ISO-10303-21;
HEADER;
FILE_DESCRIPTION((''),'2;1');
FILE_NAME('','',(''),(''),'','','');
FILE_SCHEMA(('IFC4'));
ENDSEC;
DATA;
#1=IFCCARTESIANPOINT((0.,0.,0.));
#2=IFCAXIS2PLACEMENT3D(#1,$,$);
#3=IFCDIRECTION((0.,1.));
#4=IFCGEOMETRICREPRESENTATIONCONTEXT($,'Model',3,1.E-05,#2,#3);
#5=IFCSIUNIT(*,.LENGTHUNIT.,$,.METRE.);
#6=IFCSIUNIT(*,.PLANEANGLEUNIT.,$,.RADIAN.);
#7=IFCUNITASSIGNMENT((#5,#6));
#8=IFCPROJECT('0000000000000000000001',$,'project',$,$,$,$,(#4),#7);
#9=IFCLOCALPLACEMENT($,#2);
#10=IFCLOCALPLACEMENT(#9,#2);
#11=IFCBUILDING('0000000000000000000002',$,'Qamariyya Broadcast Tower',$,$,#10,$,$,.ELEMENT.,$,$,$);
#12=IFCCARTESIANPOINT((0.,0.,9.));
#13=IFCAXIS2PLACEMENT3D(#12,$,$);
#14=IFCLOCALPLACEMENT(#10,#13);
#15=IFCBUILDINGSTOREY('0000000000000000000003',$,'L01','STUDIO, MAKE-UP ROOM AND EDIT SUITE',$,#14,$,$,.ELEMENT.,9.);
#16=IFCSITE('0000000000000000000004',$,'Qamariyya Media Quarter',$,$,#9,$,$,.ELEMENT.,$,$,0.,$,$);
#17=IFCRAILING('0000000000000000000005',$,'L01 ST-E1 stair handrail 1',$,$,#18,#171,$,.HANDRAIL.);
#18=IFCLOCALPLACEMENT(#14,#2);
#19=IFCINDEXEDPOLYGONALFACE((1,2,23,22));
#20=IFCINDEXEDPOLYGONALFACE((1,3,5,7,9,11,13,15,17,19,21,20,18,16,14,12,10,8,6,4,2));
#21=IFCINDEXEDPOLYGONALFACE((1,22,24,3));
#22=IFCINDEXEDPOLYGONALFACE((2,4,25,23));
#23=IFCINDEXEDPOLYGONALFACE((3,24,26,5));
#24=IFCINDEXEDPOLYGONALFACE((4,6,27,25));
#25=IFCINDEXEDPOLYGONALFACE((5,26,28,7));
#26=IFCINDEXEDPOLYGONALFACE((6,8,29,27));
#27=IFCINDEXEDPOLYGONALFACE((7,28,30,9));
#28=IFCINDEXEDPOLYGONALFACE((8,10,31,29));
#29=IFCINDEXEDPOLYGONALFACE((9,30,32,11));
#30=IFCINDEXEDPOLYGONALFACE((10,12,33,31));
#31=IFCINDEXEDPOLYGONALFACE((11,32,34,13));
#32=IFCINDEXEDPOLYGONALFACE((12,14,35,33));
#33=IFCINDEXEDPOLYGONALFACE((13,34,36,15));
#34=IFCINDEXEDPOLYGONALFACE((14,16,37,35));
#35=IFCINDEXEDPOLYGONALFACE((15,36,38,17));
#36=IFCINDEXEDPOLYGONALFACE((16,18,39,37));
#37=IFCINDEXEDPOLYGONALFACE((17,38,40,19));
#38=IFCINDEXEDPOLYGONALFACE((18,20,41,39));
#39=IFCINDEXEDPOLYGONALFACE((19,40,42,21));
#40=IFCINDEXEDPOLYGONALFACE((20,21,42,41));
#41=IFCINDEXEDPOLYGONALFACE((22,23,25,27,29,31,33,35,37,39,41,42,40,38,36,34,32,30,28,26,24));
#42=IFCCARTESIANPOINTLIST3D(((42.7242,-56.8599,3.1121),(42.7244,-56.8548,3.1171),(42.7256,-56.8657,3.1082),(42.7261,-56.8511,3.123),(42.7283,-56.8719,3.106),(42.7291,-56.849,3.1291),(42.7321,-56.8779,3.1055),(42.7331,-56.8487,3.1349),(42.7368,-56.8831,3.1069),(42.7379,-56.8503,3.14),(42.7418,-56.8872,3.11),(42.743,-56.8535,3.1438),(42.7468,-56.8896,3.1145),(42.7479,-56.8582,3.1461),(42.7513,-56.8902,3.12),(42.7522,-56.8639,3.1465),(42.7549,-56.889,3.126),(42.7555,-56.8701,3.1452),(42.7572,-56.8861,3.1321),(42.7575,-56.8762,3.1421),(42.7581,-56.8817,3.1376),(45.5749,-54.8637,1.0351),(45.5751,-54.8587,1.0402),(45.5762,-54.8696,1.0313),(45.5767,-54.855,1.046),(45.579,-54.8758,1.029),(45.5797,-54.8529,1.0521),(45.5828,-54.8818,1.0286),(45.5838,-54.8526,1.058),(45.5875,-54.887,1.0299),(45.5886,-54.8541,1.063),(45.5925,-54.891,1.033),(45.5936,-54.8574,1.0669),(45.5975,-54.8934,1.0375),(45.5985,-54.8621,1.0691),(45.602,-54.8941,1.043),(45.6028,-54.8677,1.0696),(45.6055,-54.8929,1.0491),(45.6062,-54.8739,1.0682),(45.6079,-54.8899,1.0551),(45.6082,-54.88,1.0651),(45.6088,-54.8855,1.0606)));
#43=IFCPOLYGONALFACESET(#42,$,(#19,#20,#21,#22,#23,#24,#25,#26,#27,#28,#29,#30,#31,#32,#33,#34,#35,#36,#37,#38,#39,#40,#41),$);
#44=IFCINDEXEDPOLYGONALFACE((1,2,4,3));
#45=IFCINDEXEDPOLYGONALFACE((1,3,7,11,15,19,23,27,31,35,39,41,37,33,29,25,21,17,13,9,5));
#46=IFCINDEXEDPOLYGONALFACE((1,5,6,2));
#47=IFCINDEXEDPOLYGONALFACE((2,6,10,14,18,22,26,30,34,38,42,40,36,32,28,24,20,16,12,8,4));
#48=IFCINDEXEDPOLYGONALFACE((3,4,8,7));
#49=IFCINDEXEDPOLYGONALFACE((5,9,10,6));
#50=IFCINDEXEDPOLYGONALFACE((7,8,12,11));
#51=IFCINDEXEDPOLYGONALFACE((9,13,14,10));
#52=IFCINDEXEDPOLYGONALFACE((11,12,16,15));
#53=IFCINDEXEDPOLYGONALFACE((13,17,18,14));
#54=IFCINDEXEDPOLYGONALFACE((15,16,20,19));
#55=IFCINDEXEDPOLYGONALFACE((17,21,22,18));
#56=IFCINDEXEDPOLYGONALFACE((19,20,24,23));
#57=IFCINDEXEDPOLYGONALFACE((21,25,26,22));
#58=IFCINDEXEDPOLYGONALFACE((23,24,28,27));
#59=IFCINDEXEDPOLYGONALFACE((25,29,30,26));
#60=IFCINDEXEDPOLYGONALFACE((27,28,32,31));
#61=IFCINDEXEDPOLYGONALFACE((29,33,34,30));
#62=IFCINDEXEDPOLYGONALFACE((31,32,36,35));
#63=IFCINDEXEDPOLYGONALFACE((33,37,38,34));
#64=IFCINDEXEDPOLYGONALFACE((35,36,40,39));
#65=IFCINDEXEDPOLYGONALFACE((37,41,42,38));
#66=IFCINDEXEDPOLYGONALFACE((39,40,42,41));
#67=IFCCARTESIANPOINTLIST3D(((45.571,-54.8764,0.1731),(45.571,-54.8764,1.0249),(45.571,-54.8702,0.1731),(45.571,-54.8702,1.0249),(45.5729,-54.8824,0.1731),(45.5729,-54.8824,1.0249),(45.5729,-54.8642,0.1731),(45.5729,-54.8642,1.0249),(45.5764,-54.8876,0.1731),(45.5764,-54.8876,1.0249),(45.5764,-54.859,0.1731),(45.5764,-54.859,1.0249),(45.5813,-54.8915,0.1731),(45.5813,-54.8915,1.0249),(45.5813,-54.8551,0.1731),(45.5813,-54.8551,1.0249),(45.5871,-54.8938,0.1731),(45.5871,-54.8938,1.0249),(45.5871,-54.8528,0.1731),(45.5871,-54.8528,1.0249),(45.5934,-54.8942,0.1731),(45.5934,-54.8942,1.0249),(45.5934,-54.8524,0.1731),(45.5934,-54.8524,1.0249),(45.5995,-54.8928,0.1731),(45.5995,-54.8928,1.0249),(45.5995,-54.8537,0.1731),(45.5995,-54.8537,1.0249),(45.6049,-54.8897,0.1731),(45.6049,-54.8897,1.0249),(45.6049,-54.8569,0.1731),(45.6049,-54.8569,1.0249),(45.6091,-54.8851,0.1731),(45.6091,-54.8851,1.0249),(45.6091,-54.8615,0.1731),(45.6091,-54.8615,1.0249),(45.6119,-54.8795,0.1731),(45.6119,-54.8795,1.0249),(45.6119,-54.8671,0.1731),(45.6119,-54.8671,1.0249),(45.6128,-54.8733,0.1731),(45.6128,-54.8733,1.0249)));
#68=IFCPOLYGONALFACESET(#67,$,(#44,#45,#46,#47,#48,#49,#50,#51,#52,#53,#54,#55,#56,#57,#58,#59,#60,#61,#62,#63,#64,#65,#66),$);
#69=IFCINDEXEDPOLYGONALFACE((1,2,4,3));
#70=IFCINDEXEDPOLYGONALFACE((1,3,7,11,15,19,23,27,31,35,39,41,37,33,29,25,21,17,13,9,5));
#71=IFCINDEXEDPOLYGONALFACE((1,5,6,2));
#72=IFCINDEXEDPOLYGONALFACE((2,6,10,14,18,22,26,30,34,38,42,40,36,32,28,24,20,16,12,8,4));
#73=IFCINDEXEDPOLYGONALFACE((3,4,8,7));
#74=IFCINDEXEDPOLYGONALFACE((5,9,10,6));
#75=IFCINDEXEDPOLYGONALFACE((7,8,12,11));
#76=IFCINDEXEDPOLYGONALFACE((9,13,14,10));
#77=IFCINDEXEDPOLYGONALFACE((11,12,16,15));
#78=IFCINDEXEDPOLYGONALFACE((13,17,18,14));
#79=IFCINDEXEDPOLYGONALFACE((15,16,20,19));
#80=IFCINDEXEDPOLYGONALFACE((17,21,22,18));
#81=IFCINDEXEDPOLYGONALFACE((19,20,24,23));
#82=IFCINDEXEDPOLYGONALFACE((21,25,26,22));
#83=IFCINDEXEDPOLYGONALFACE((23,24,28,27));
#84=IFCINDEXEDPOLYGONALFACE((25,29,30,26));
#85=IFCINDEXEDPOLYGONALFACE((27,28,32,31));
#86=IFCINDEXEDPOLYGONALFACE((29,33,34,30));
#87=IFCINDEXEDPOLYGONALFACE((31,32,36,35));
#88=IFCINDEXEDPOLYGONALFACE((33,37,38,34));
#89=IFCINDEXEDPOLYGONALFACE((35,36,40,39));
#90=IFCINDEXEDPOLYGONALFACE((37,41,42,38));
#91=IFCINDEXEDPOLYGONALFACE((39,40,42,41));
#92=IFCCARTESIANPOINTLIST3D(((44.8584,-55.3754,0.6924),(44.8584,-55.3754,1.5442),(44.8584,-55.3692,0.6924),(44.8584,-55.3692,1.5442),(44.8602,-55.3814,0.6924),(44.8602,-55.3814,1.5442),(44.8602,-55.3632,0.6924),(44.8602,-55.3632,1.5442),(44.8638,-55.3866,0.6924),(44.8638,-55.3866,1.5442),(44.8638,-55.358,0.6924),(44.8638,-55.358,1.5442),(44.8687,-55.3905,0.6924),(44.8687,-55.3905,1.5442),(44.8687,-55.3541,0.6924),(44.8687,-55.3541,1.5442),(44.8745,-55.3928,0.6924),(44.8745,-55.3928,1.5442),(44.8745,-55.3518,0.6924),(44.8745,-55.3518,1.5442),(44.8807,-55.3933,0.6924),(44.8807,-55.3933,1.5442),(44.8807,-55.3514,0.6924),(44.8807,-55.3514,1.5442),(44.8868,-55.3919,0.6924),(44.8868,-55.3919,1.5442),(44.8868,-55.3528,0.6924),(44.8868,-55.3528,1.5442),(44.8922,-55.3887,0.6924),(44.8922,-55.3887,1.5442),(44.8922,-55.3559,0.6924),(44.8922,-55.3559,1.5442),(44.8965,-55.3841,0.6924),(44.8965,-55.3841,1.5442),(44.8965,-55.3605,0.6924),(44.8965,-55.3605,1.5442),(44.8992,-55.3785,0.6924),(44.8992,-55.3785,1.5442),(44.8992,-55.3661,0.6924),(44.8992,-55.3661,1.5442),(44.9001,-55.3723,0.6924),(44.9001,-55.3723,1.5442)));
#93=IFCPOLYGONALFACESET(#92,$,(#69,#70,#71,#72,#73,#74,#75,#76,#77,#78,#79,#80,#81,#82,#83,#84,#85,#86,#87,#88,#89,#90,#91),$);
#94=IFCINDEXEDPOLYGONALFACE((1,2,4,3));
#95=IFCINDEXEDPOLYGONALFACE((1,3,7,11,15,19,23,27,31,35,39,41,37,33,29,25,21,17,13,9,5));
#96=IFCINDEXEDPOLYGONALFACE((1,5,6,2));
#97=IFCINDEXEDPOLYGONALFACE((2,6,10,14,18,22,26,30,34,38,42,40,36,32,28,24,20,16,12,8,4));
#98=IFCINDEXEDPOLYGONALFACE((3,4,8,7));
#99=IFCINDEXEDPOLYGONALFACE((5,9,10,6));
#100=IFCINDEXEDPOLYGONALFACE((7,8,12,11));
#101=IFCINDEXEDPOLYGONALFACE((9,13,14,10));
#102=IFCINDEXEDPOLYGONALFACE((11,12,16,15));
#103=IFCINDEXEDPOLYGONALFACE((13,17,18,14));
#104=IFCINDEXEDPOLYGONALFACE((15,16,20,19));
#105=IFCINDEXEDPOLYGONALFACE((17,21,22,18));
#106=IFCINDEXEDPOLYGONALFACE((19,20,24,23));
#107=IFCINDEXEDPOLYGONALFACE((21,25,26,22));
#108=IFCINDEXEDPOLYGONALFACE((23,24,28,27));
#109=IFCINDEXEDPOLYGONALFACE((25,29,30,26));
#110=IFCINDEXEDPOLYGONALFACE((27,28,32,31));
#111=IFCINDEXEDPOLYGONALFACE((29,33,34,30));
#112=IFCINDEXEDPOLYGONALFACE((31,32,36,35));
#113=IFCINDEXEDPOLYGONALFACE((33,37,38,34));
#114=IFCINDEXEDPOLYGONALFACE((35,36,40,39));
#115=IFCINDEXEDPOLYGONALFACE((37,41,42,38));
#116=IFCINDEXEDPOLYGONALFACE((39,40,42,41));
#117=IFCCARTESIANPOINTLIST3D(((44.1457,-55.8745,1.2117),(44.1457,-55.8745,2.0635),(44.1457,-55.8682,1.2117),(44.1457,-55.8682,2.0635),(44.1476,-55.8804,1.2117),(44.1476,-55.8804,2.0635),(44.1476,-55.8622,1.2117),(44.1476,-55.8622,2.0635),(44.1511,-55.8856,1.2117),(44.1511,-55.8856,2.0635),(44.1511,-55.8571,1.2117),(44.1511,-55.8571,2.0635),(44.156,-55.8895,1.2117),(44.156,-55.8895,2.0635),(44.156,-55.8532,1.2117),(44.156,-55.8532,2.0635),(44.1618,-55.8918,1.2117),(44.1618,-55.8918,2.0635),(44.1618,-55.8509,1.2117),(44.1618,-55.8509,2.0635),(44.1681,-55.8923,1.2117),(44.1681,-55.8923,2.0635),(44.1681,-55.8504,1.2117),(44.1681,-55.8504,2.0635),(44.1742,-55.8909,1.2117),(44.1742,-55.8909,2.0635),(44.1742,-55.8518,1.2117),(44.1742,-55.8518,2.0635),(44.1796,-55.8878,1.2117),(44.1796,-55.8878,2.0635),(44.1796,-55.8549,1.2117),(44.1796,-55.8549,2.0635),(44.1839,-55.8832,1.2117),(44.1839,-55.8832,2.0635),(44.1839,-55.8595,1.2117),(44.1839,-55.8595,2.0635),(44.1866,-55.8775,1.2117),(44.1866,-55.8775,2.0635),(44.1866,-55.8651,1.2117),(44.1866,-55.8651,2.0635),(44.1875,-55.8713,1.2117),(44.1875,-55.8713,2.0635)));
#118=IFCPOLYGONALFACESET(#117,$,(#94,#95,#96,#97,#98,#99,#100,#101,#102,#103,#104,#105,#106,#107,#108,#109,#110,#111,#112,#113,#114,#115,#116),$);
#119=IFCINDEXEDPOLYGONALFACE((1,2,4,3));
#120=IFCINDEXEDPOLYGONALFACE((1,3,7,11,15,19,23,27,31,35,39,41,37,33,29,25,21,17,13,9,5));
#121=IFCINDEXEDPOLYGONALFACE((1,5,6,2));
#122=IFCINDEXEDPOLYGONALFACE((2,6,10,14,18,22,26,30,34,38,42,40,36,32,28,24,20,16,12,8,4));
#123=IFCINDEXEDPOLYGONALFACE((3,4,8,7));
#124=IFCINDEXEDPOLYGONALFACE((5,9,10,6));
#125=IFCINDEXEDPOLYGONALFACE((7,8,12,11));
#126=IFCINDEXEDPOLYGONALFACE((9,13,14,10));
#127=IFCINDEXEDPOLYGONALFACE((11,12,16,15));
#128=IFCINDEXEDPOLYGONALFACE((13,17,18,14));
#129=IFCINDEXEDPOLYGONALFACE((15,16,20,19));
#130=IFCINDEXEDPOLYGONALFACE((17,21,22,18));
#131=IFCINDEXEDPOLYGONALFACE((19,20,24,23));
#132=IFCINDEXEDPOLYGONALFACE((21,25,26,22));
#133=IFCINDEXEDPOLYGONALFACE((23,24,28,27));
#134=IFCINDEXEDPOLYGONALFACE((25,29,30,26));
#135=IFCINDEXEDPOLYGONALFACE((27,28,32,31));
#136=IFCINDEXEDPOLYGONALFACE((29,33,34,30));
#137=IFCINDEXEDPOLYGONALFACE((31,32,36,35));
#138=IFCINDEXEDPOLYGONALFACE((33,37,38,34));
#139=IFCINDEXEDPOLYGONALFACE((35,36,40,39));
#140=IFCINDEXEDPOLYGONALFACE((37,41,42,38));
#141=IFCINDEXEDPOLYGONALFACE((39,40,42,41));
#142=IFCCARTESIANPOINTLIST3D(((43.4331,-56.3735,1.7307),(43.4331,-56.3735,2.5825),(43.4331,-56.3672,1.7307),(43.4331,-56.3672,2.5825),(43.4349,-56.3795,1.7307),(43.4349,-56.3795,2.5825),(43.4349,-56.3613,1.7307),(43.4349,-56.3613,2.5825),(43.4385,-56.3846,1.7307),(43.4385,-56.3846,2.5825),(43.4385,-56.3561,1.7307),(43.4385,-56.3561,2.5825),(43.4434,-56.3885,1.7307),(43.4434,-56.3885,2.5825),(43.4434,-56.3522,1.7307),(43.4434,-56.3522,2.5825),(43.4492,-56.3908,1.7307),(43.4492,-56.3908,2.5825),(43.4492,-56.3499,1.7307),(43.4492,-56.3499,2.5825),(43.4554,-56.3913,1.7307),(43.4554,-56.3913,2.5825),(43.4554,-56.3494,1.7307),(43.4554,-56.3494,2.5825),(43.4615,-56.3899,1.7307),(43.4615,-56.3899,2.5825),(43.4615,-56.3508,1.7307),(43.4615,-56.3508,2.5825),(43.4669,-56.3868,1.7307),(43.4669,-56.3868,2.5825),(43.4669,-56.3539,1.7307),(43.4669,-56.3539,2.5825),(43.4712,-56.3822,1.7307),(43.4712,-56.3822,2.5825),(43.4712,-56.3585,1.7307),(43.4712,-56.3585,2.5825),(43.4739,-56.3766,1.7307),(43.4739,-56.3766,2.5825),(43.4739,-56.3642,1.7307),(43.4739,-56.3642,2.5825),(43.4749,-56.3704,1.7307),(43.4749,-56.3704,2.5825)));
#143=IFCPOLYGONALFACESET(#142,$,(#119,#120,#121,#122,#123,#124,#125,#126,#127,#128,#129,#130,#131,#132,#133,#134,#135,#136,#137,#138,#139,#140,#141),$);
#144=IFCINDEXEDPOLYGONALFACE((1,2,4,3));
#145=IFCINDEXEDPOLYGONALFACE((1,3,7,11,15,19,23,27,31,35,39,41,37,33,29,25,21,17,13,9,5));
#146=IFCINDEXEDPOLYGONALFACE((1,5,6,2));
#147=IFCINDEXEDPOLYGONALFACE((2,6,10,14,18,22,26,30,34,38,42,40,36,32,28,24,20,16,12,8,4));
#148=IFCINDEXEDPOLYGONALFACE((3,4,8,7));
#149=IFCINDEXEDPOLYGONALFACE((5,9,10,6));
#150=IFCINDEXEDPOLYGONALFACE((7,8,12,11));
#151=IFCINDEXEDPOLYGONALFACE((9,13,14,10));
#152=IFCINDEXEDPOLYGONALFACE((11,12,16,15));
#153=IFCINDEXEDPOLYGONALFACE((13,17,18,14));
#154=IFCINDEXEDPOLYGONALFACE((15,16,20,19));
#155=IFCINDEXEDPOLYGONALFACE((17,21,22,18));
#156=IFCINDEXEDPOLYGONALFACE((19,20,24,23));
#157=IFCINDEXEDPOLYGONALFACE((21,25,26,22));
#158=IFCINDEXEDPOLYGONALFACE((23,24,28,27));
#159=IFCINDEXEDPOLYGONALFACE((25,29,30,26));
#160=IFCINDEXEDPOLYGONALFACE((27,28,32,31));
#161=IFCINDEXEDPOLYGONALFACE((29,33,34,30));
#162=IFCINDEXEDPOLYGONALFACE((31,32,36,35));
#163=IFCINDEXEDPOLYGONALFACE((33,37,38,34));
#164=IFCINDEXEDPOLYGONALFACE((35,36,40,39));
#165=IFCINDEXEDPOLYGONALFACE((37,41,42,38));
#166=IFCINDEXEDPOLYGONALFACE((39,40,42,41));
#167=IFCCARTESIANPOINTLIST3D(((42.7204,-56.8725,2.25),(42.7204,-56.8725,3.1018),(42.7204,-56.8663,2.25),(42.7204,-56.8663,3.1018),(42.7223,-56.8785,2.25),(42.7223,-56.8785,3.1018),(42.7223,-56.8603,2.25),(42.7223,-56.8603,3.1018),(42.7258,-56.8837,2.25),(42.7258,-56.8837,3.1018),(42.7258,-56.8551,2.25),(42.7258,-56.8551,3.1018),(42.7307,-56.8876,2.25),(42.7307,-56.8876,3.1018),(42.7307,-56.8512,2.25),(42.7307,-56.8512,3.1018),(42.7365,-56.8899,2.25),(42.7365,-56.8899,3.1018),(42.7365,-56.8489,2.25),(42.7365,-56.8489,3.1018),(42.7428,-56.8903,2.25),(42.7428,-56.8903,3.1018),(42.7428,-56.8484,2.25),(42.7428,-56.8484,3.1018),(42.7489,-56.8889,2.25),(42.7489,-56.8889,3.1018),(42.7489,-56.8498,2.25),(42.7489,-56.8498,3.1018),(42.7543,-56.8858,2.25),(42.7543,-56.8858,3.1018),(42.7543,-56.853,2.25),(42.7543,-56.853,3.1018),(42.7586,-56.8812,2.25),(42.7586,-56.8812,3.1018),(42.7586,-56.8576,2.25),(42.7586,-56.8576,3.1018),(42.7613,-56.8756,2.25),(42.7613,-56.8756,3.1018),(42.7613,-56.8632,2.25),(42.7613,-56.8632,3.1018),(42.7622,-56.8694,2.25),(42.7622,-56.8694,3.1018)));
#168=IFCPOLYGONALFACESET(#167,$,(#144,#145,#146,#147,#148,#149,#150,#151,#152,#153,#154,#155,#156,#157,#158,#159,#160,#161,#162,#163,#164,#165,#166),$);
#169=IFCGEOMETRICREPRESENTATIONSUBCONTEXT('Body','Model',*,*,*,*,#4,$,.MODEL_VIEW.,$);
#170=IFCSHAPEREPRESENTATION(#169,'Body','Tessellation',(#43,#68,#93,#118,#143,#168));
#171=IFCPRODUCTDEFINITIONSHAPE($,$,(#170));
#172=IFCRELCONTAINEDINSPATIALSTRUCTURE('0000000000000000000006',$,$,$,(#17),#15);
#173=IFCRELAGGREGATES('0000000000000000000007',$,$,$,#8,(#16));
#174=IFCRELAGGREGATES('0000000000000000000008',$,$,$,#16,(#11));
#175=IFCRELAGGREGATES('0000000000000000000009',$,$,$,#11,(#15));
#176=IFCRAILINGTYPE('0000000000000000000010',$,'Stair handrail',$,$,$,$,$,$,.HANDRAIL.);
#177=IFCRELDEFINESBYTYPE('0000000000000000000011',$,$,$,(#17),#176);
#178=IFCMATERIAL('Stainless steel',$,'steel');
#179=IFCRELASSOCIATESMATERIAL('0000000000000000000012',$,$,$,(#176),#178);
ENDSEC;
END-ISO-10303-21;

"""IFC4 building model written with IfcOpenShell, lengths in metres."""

from ifc_helpers import new_model, si_unit, direction, frame, origin, origin_2d, place, context, subcontext, project, spatial, circle, extrude, material, type_object, element, save


model = new_model("IFC4")

# Units and contexts
model_context = context("Model", 3, precision=1e-05, world=origin(), true_north=direction((0.0, 1.0)))
body_context = subcontext(model_context, "Body", "Model", "MODEL_VIEW")
ifc_project = project(units=[si_unit("LENGTHUNIT", "METRE"), si_unit("PLANEANGLEUNIT", "RADIAN")], contexts=[model_context])

# Site, building, storey
site_placement = place(None, origin())
site = spatial("IfcSite", under=ifc_project, at=site_placement, Name="Qamariyya Media Quarter", CompositionType="ELEMENT", RefElevation=0.0)
building_placement = place(site_placement, origin())
building = spatial("IfcBuilding", under=site, at=building_placement, Name="Qamariyya Broadcast Tower", CompositionType="ELEMENT")
storey_placement = place(building_placement, frame((0.0, 0.0, 9.0)))
storey = spatial("IfcBuildingStorey", under=building, at=storey_placement, Name="L01", Description="STUDIO, MAKE-UP ROOM AND EDIT SUITE", CompositionType="ELEMENT", Elevation=9.0)

# Railing
ifc_material_1 = material(Name="Stainless steel", Category="steel")
railing_type_1 = type_object("IfcRailingType", Name="Stair handrail", PredefinedType="HANDRAIL", material=ifc_material_1)
railing_1_placement = place(storey_placement, frame((45.5918, -54.8733, 0.1731)))
element("IfcRailing", 1, at=railing_1_placement, inside=storey, type_object=railing_type_1, Name="L01 ST-E1 stair handrail 1", PredefinedType="HANDRAIL", context=body_context, shape_type="SweptSolid", body=[
    extrude(circle(Radius=0.0239, at=origin_2d()), frame((0.0, 0.0, 0.876), z_axis=(-0.703393, -0.492544, 0.512484), x_axis=(0.573594, -0.81914, 0.0)), (0.0, 0.0, 1.0), 4.0527),
    extrude(circle(Radius=0.021, at=origin_2d()), origin(), (0.0, 0.0, 1.0), 0.8518),
    extrude(circle(Radius=0.021, at=origin_2d()), frame((-0.7126, -0.499, 0.5193)), (0.0, 0.0, 1.0), 0.8518),
    extrude(circle(Radius=0.021, at=origin_2d()), frame((-1.4253, -0.998, 1.0386)), (0.0, 0.0, 1.0), 0.8518),
    extrude(circle(Radius=0.021, at=origin_2d()), frame((-2.1379, -1.4971, 1.5576)), (0.0, 0.0, 1.0), 0.8518),
    extrude(circle(Radius=0.021, at=origin_2d()), frame((-2.8506, -1.9961, 2.0769)), (0.0, 0.0, 1.0), 0.8518),
])

save(model, "model.ifc")
